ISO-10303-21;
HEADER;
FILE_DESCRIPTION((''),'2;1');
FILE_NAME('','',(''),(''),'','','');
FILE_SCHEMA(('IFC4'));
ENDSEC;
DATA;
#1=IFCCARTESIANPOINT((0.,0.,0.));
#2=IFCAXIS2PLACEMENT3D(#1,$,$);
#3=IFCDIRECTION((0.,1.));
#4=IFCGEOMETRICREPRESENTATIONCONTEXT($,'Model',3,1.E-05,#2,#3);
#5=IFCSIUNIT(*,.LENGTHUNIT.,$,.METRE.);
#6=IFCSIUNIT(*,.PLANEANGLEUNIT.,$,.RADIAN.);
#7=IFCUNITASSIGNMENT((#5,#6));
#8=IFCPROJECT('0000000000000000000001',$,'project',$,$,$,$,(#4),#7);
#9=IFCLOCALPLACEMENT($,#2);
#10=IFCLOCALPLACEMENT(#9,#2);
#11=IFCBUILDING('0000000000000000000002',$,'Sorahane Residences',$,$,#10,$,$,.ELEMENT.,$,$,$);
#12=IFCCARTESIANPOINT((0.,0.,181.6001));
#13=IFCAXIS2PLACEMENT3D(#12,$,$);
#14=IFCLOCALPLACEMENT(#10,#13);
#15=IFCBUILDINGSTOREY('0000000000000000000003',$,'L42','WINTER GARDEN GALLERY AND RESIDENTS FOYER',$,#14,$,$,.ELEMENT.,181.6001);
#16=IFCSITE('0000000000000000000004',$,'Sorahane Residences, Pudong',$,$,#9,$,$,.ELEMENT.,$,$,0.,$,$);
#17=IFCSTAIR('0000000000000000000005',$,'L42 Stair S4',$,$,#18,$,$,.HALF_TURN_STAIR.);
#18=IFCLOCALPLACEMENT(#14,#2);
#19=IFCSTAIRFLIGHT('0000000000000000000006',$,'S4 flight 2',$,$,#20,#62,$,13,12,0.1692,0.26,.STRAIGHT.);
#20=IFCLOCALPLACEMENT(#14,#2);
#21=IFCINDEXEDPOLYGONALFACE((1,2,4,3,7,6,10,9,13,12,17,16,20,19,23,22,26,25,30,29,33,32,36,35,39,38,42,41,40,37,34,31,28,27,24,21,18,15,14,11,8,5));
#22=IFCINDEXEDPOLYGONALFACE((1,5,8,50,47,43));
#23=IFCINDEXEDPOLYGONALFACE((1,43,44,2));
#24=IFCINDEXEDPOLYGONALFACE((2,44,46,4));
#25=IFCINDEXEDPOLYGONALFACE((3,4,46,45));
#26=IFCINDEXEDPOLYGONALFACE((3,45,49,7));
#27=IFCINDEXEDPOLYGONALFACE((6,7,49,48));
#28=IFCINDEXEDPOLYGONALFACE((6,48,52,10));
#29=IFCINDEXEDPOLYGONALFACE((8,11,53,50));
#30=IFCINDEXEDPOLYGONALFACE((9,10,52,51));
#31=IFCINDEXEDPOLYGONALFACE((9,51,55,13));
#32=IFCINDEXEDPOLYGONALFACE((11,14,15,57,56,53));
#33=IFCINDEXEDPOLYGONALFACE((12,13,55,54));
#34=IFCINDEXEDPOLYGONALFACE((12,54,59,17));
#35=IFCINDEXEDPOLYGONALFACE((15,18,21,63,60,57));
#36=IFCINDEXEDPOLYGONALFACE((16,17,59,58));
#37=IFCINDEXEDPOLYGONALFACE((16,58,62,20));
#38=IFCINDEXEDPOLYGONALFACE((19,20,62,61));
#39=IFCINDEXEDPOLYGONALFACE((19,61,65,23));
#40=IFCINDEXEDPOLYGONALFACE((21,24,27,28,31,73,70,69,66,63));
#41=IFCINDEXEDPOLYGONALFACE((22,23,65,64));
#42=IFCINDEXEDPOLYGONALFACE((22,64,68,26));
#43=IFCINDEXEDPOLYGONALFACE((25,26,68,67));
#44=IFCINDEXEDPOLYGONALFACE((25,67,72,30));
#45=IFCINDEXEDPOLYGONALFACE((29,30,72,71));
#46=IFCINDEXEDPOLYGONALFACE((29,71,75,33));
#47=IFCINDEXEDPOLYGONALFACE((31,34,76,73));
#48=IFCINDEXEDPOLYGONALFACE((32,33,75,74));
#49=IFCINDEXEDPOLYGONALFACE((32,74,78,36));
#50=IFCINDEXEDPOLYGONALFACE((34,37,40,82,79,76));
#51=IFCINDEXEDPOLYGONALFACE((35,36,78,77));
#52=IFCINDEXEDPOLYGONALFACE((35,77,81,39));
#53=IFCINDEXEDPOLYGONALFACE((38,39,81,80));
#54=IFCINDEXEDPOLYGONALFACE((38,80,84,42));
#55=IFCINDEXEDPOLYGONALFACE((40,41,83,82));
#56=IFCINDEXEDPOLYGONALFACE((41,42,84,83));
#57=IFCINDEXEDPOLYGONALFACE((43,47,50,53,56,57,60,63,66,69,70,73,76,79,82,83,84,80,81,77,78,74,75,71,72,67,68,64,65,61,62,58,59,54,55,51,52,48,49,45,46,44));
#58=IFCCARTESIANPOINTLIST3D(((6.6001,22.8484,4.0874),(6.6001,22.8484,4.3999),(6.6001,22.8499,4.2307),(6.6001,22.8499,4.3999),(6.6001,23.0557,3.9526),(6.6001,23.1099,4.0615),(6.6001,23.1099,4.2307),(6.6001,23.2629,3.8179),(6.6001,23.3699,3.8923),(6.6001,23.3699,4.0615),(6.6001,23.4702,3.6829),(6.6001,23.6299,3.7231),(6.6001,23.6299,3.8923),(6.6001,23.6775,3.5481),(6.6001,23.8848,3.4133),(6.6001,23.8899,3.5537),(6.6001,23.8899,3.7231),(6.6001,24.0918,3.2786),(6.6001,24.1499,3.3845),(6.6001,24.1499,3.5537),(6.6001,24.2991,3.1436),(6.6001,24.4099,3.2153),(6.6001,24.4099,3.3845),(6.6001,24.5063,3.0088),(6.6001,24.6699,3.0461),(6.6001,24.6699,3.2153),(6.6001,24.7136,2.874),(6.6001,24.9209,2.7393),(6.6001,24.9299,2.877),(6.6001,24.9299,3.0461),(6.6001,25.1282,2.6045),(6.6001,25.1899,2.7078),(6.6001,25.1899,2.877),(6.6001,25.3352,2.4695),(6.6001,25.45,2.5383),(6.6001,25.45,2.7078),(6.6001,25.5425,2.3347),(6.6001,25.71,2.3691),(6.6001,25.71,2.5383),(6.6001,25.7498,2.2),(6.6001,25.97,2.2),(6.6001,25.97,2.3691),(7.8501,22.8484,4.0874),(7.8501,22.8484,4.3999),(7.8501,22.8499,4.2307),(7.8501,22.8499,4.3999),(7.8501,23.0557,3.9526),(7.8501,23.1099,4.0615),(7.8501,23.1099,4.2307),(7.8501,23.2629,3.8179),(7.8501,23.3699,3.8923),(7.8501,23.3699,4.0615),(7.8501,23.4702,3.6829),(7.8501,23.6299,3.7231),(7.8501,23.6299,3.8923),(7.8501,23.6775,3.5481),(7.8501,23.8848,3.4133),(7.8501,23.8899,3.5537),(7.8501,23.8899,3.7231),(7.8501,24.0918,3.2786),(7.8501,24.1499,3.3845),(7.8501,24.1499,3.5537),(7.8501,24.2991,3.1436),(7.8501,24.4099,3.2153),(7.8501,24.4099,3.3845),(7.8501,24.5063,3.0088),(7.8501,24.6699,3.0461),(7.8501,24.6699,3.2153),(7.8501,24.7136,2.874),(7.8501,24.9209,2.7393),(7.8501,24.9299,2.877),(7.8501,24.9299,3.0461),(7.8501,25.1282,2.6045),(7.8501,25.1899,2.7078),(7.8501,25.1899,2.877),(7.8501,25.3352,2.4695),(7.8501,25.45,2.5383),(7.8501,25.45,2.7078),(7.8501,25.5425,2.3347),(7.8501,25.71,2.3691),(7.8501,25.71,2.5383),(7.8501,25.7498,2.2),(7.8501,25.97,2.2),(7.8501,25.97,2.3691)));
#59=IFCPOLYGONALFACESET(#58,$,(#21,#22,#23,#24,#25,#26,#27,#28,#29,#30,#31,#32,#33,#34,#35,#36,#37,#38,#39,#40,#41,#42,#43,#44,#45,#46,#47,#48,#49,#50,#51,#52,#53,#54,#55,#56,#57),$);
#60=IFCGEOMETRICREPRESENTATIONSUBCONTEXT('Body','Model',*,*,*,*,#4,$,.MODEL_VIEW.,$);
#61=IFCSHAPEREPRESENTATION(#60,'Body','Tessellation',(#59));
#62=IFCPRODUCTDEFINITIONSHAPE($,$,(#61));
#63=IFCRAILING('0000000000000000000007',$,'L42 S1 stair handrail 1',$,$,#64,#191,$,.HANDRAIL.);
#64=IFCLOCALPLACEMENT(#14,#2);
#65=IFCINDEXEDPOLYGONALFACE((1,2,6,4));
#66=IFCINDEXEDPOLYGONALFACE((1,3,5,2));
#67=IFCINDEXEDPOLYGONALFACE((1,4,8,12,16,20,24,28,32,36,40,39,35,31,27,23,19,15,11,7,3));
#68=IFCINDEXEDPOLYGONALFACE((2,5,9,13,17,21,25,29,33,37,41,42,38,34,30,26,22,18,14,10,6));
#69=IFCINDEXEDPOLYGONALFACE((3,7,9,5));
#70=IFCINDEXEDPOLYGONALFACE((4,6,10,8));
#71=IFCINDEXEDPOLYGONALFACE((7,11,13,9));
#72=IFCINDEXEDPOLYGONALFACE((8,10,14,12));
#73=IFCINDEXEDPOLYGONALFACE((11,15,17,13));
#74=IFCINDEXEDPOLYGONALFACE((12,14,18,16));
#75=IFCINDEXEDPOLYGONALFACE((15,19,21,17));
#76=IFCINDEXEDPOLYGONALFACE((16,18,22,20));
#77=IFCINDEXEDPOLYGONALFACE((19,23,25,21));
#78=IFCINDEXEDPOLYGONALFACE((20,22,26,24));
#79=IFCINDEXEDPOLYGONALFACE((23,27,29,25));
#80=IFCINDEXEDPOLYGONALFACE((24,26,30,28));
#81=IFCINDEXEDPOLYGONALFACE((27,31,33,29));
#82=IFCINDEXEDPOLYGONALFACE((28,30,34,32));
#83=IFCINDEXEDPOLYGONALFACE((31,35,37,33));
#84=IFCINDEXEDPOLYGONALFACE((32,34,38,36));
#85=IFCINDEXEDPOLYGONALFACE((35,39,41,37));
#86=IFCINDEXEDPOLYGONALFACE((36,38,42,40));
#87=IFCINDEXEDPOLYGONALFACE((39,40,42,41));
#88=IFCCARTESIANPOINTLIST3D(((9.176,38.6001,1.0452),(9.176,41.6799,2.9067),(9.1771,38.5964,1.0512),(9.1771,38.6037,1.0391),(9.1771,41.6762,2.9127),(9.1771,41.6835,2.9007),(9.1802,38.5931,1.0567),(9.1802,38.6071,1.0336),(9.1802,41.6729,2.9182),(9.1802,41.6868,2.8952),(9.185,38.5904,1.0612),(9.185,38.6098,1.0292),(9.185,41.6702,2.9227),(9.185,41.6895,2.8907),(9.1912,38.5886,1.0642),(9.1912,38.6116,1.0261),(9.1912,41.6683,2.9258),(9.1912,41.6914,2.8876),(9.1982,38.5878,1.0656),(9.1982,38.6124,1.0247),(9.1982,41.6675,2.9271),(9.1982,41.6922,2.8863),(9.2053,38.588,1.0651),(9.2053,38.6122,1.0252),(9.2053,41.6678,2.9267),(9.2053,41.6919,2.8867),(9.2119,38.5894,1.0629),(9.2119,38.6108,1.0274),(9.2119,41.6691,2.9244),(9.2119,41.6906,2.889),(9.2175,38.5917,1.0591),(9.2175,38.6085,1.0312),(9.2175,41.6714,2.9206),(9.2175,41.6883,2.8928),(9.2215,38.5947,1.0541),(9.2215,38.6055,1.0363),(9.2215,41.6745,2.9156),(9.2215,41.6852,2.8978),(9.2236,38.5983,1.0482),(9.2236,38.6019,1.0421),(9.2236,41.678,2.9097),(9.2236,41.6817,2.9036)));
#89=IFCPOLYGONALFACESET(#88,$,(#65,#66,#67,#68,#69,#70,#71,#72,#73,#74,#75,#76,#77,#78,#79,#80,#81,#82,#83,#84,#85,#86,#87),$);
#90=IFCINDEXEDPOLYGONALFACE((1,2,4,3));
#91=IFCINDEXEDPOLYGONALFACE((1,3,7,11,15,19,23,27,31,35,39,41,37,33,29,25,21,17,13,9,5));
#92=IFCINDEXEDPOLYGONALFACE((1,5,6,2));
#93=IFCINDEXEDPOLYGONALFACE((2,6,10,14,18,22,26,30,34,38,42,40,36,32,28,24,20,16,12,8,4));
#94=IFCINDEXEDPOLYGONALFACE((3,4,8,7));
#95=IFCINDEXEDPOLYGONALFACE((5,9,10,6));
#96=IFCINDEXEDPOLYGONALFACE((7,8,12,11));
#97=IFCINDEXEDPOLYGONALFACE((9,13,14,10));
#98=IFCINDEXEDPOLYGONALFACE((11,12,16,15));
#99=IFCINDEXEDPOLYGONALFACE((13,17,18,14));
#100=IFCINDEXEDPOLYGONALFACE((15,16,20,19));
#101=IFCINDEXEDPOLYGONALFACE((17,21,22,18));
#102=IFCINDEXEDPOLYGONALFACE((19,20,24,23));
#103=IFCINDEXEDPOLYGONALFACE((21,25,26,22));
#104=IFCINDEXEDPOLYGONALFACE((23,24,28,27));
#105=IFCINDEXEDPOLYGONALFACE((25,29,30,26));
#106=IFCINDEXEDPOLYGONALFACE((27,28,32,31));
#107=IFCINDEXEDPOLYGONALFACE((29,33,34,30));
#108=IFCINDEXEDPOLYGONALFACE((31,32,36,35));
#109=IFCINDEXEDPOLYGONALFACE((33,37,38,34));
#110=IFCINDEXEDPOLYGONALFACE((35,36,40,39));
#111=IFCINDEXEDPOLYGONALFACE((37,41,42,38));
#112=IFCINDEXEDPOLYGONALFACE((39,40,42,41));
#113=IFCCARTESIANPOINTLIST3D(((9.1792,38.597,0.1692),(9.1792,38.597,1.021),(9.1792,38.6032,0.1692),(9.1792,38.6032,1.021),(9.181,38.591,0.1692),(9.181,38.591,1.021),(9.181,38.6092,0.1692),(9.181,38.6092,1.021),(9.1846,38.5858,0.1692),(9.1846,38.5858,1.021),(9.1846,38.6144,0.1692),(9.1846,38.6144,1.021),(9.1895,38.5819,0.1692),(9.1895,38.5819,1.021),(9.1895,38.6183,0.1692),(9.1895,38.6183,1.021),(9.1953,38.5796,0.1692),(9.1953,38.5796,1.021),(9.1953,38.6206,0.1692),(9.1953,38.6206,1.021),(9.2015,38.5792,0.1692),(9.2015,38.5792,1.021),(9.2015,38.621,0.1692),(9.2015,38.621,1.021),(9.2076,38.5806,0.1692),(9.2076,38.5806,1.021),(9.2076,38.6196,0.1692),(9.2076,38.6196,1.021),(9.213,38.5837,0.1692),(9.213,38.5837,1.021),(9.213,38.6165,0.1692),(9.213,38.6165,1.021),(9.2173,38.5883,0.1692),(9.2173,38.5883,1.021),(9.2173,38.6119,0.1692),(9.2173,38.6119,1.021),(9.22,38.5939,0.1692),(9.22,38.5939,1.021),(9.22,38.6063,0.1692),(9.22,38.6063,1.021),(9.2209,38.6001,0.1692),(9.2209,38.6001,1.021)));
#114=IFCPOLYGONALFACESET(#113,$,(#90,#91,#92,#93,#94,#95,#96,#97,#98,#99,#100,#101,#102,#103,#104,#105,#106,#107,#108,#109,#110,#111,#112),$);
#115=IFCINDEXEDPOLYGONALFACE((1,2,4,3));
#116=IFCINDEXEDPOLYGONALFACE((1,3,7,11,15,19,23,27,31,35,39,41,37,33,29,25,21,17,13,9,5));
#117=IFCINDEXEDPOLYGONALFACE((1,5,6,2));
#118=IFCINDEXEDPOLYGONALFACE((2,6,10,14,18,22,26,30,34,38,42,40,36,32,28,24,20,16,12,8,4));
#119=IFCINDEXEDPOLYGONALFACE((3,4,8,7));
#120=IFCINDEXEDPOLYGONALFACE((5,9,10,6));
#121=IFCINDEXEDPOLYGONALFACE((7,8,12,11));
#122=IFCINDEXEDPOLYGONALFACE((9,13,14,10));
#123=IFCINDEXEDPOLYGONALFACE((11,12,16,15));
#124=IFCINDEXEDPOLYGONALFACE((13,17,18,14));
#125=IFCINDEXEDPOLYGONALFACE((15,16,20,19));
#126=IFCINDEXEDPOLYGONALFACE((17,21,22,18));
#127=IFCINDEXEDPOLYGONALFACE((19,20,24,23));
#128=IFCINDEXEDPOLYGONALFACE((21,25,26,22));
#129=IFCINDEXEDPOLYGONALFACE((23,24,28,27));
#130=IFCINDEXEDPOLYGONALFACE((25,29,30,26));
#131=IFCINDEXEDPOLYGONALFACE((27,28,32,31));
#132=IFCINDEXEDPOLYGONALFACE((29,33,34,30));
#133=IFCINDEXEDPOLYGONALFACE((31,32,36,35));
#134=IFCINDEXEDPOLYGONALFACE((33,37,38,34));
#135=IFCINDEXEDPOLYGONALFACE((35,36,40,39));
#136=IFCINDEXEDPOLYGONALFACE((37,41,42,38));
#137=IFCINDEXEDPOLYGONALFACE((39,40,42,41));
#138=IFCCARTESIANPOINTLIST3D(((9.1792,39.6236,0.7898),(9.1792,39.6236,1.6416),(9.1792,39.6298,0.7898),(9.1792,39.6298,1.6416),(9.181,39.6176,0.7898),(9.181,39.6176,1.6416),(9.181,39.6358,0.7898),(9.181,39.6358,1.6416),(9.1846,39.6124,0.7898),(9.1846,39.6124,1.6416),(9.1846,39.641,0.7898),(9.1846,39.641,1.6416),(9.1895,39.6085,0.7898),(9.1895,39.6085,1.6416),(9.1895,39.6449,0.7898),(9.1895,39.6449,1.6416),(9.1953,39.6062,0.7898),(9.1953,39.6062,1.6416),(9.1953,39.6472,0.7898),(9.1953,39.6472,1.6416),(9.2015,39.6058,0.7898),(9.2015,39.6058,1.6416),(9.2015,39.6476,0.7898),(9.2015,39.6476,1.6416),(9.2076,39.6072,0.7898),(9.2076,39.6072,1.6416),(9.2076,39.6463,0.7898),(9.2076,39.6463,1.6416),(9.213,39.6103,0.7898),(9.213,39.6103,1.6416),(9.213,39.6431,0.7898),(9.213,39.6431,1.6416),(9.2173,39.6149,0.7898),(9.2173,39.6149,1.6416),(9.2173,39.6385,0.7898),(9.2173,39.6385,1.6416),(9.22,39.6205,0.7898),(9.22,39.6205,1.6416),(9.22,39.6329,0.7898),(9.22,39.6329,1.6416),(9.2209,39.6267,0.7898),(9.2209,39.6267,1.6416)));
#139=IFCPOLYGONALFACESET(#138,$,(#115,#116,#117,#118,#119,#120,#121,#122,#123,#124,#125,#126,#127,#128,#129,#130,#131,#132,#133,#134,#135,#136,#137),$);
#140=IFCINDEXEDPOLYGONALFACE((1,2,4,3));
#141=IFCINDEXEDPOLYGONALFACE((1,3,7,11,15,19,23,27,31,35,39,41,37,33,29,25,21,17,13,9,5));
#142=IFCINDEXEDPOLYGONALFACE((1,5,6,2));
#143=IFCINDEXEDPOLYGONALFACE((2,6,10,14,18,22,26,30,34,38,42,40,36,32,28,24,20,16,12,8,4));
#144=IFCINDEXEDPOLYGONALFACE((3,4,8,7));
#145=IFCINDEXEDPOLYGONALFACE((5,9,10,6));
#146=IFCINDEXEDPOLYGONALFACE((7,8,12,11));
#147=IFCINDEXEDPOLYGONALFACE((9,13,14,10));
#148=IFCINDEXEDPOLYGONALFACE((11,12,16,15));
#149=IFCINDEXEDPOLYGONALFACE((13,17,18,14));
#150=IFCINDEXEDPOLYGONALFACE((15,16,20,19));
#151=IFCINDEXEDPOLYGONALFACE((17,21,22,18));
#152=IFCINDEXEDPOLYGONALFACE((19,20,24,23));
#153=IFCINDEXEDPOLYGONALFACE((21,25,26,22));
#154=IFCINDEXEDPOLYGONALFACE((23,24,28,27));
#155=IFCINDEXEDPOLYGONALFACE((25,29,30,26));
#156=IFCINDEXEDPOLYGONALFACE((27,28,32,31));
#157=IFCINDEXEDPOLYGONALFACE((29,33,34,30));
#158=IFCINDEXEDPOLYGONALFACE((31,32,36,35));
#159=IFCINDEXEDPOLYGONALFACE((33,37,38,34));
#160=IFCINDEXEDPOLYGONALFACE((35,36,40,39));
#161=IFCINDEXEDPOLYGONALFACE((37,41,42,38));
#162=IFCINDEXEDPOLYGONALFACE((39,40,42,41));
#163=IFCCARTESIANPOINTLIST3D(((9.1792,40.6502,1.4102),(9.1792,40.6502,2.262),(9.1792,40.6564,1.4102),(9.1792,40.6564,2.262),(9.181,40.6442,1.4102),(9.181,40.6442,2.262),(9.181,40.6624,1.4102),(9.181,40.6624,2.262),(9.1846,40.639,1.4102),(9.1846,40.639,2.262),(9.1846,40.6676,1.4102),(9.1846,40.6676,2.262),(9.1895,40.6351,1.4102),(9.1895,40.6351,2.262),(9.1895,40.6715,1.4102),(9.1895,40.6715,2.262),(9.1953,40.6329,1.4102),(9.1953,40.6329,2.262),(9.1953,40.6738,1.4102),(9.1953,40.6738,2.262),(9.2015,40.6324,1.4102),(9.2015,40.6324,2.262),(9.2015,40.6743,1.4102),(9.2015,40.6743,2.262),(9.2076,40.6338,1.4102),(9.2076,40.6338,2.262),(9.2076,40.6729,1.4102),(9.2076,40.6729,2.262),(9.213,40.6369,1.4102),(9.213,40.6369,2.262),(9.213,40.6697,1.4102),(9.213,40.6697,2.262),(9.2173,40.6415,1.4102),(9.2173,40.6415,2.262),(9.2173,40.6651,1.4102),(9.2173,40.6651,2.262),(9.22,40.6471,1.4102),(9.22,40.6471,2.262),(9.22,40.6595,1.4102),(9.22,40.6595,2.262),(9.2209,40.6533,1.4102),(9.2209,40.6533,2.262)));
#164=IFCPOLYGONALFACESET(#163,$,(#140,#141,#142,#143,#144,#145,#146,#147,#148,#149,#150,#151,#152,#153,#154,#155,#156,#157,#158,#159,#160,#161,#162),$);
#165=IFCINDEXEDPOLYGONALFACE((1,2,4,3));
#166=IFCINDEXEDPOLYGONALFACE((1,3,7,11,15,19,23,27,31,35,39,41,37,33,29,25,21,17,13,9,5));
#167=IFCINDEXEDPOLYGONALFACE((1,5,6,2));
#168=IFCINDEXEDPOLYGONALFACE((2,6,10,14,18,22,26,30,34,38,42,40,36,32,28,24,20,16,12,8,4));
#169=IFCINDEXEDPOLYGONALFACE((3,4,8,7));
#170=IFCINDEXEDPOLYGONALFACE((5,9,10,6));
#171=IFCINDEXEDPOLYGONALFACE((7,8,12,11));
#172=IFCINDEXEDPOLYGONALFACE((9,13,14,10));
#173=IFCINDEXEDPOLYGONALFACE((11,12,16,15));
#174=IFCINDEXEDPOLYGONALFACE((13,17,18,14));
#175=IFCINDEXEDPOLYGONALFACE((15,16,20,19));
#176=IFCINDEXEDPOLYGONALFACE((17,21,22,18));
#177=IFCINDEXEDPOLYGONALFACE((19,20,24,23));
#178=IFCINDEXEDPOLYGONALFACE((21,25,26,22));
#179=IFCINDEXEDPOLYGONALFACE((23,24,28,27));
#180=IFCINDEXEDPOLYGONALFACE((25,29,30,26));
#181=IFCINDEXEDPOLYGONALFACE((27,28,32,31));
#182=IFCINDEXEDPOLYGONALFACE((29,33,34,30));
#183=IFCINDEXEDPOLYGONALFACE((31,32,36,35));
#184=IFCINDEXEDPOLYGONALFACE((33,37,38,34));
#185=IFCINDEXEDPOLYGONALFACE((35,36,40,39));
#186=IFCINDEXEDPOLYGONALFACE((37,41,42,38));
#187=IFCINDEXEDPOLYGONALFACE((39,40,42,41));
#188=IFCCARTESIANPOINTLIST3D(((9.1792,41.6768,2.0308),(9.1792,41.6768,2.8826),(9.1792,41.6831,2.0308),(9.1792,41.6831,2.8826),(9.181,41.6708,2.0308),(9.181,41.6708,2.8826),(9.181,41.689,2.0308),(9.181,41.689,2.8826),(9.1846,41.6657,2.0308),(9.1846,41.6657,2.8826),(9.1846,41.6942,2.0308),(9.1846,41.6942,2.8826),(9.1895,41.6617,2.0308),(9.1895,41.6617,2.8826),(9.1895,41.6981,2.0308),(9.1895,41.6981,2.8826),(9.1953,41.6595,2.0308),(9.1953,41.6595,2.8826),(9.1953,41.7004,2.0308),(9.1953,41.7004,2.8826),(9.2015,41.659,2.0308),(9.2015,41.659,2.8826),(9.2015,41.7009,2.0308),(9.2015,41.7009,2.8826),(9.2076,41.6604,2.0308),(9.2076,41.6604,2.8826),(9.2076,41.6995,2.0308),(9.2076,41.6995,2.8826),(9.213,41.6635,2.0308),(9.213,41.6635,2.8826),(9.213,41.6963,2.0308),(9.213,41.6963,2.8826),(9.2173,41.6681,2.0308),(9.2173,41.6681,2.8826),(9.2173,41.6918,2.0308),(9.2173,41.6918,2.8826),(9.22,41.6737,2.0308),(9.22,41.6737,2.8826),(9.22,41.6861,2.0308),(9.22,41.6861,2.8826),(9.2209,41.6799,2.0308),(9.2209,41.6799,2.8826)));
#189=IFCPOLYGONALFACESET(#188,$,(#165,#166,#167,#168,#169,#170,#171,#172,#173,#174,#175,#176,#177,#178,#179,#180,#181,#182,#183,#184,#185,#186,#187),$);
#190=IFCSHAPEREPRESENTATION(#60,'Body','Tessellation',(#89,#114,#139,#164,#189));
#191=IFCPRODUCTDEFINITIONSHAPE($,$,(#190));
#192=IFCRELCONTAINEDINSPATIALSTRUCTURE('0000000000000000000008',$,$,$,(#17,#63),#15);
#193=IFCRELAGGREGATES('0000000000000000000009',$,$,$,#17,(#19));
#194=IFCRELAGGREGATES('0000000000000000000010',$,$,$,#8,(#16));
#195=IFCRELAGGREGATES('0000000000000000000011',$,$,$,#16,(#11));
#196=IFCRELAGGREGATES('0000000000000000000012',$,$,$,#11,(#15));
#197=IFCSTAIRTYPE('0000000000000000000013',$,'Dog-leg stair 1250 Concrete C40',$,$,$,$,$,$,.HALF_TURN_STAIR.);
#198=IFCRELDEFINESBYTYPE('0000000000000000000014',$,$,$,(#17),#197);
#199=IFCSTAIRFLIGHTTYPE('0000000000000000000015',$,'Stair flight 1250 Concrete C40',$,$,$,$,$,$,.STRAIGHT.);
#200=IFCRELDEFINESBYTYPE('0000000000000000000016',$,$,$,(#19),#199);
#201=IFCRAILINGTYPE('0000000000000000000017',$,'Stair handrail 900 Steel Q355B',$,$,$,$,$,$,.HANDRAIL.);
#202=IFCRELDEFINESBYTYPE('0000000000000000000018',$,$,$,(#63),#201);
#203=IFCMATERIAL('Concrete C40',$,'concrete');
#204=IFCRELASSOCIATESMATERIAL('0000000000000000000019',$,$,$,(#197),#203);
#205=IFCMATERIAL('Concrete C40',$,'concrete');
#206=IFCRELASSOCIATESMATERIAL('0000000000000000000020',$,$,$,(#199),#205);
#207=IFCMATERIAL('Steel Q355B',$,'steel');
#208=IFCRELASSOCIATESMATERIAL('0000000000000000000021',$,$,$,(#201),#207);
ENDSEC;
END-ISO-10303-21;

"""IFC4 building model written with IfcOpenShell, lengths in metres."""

from ifc_helpers import new_model, si_unit, direction, frame, origin, origin_2d, place, context, subcontext, project, spatial, polyline, circle, outline, extrude, material, type_object, element, aggregate, save


model = new_model("IFC4")

# Units and contexts
model_context = context("Model", 3, precision=1e-05, world=origin(), true_north=direction((0.0, 1.0)))
body_context = subcontext(model_context, "Body", "Model", "MODEL_VIEW")
ifc_project = project(units=[si_unit("LENGTHUNIT", "METRE"), si_unit("PLANEANGLEUNIT", "RADIAN")], contexts=[model_context])

# Site, building, storey
site_placement = place(None, origin())
site = spatial("IfcSite", under=ifc_project, at=site_placement, Name="Sorahane Residences, Pudong", CompositionType="ELEMENT", RefElevation=0.0)
building_placement = place(site_placement, origin())
building = spatial("IfcBuilding", under=site, at=building_placement, Name="Sorahane Residences", CompositionType="ELEMENT")
storey_placement = place(building_placement, frame((0.0, 0.0, 181.6001)))
storey = spatial("IfcBuildingStorey", under=building, at=storey_placement, Name="L42", Description="WINTER GARDEN GALLERY AND RESIDENTS FOYER", CompositionType="ELEMENT", Elevation=181.6001)

# Shared definitions
ifc_material_1 = material(Name="Concrete C40", Category="concrete")
stair_type = type_object("IfcStairType", Name="Dog-leg stair 1250 Concrete C40", PredefinedType="HALF_TURN_STAIR", material=ifc_material_1)
ifc_material_2 = material(Name="Concrete C40", Category="concrete")
stair_flight_type = type_object("IfcStairFlightType", Name="Stair flight 1250 Concrete C40", PredefinedType="STRAIGHT", material=ifc_material_2)

# Stair, stair flight
stair_1_placement = place(storey_placement, origin())
stair_1 = element("IfcStair", 1, at=stair_1_placement, inside=storey, type_object=stair_type, Name="L42 Stair S4", PredefinedType="HALF_TURN_STAIR")
stair_flight_1_placement = place(storey_placement, frame((7.2251, 25.97, 2.2), z_axis=(0.0, 0.0, 1.0), x_axis=(0.0, -1.0, 0.0)))
stair_flight_1 = element("IfcStairFlight", 2, at=stair_flight_1_placement, type_object=stair_flight_type, Name="S4 flight 2", NumberOfRisers=13, NumberOfTreads=12, PredefinedType="STRAIGHT", RiserHeight=0.1692, TreadLength=0.26, context=body_context, shape_type="SweptSolid", body=[
    extrude(outline(polyline([(0.0, 0.0), (0.0, 0.1692), (0.26, 0.1692), (0.26, 0.3384), (0.52, 0.3384), (0.52, 0.5078), (0.78, 0.5078), (0.78, 0.677), (1.04, 0.677), (1.04, 0.8462), (1.3, 0.8462), (1.3, 1.0154), (1.5601, 1.0154), (1.5601, 1.1846), (1.8201, 1.1846), (1.8201, 1.3538), (2.0801, 1.3538), (2.0801, 1.5232), (2.3401, 1.5232), (2.3401, 1.6924), (2.6001, 1.6924), (2.6001, 1.8616), (2.8601, 1.8616), (2.8601, 2.0308), (3.1201, 2.0308), (3.1201, 2.2), (3.1216, 2.2), (3.1216, 1.8875), (2.9143, 1.7527), (2.707, 1.6179), (2.4998, 1.4829), (2.2925, 1.3481), (2.0852, 1.2134), (1.8782, 1.0786), (1.6709, 0.9436), (1.4636, 0.8088), (1.2563, 0.6741), (1.0491, 0.5393), (0.8418, 0.4045), (0.6348, 0.2695), (0.4275, 0.1348), (0.2202, 0.0), (0.0, 0.0)])), frame((0.0, 0.625, 0.0), z_axis=(0.0, -1.0, 0.0), x_axis=(1.0, 0.0, 0.0)), (0.0, 0.0, 1.0), 1.25),
])
aggregate(stair_1, [stair_flight_1])

# Railing
ifc_material_3 = material(Name="Steel Q355B", Category="steel")
railing_type_1 = type_object("IfcRailingType", Name="Stair handrail 900 Steel Q355B", PredefinedType="HANDRAIL", material=ifc_material_3)
railing_1_placement = place(storey_placement, frame((9.2, 38.6001, 0.1692)))
element("IfcRailing", 3, at=railing_1_placement, inside=storey, type_object=railing_type_1, Name="L42 S1 stair handrail 1", PredefinedType="HANDRAIL", context=body_context, shape_type="SweptSolid", body=[
    extrude(circle(Radius=0.0239, at=origin_2d()), frame((0.0, 0.0, 0.876), z_axis=(0.0, 0.855812, 0.517286), x_axis=(-1.0, 0.0, 0.0)), (0.0, 0.0, 1.0), 3.5986),
    extrude(circle(Radius=0.021, at=origin_2d()), origin(), (0.0, 0.0, 1.0), 0.8518),
    extrude(circle(Radius=0.021, at=origin_2d()), frame((0.0, 1.0266, 0.6206)), (0.0, 0.0, 1.0), 0.8518),
    extrude(circle(Radius=0.021, at=origin_2d()), frame((0.0, 2.0532, 1.241)), (0.0, 0.0, 1.0), 0.8518),
    extrude(circle(Radius=0.021, at=origin_2d()), frame((0.0, 3.0798, 1.8616)), (0.0, 0.0, 1.0), 0.8518),
])

save(model, "model.ifc")
